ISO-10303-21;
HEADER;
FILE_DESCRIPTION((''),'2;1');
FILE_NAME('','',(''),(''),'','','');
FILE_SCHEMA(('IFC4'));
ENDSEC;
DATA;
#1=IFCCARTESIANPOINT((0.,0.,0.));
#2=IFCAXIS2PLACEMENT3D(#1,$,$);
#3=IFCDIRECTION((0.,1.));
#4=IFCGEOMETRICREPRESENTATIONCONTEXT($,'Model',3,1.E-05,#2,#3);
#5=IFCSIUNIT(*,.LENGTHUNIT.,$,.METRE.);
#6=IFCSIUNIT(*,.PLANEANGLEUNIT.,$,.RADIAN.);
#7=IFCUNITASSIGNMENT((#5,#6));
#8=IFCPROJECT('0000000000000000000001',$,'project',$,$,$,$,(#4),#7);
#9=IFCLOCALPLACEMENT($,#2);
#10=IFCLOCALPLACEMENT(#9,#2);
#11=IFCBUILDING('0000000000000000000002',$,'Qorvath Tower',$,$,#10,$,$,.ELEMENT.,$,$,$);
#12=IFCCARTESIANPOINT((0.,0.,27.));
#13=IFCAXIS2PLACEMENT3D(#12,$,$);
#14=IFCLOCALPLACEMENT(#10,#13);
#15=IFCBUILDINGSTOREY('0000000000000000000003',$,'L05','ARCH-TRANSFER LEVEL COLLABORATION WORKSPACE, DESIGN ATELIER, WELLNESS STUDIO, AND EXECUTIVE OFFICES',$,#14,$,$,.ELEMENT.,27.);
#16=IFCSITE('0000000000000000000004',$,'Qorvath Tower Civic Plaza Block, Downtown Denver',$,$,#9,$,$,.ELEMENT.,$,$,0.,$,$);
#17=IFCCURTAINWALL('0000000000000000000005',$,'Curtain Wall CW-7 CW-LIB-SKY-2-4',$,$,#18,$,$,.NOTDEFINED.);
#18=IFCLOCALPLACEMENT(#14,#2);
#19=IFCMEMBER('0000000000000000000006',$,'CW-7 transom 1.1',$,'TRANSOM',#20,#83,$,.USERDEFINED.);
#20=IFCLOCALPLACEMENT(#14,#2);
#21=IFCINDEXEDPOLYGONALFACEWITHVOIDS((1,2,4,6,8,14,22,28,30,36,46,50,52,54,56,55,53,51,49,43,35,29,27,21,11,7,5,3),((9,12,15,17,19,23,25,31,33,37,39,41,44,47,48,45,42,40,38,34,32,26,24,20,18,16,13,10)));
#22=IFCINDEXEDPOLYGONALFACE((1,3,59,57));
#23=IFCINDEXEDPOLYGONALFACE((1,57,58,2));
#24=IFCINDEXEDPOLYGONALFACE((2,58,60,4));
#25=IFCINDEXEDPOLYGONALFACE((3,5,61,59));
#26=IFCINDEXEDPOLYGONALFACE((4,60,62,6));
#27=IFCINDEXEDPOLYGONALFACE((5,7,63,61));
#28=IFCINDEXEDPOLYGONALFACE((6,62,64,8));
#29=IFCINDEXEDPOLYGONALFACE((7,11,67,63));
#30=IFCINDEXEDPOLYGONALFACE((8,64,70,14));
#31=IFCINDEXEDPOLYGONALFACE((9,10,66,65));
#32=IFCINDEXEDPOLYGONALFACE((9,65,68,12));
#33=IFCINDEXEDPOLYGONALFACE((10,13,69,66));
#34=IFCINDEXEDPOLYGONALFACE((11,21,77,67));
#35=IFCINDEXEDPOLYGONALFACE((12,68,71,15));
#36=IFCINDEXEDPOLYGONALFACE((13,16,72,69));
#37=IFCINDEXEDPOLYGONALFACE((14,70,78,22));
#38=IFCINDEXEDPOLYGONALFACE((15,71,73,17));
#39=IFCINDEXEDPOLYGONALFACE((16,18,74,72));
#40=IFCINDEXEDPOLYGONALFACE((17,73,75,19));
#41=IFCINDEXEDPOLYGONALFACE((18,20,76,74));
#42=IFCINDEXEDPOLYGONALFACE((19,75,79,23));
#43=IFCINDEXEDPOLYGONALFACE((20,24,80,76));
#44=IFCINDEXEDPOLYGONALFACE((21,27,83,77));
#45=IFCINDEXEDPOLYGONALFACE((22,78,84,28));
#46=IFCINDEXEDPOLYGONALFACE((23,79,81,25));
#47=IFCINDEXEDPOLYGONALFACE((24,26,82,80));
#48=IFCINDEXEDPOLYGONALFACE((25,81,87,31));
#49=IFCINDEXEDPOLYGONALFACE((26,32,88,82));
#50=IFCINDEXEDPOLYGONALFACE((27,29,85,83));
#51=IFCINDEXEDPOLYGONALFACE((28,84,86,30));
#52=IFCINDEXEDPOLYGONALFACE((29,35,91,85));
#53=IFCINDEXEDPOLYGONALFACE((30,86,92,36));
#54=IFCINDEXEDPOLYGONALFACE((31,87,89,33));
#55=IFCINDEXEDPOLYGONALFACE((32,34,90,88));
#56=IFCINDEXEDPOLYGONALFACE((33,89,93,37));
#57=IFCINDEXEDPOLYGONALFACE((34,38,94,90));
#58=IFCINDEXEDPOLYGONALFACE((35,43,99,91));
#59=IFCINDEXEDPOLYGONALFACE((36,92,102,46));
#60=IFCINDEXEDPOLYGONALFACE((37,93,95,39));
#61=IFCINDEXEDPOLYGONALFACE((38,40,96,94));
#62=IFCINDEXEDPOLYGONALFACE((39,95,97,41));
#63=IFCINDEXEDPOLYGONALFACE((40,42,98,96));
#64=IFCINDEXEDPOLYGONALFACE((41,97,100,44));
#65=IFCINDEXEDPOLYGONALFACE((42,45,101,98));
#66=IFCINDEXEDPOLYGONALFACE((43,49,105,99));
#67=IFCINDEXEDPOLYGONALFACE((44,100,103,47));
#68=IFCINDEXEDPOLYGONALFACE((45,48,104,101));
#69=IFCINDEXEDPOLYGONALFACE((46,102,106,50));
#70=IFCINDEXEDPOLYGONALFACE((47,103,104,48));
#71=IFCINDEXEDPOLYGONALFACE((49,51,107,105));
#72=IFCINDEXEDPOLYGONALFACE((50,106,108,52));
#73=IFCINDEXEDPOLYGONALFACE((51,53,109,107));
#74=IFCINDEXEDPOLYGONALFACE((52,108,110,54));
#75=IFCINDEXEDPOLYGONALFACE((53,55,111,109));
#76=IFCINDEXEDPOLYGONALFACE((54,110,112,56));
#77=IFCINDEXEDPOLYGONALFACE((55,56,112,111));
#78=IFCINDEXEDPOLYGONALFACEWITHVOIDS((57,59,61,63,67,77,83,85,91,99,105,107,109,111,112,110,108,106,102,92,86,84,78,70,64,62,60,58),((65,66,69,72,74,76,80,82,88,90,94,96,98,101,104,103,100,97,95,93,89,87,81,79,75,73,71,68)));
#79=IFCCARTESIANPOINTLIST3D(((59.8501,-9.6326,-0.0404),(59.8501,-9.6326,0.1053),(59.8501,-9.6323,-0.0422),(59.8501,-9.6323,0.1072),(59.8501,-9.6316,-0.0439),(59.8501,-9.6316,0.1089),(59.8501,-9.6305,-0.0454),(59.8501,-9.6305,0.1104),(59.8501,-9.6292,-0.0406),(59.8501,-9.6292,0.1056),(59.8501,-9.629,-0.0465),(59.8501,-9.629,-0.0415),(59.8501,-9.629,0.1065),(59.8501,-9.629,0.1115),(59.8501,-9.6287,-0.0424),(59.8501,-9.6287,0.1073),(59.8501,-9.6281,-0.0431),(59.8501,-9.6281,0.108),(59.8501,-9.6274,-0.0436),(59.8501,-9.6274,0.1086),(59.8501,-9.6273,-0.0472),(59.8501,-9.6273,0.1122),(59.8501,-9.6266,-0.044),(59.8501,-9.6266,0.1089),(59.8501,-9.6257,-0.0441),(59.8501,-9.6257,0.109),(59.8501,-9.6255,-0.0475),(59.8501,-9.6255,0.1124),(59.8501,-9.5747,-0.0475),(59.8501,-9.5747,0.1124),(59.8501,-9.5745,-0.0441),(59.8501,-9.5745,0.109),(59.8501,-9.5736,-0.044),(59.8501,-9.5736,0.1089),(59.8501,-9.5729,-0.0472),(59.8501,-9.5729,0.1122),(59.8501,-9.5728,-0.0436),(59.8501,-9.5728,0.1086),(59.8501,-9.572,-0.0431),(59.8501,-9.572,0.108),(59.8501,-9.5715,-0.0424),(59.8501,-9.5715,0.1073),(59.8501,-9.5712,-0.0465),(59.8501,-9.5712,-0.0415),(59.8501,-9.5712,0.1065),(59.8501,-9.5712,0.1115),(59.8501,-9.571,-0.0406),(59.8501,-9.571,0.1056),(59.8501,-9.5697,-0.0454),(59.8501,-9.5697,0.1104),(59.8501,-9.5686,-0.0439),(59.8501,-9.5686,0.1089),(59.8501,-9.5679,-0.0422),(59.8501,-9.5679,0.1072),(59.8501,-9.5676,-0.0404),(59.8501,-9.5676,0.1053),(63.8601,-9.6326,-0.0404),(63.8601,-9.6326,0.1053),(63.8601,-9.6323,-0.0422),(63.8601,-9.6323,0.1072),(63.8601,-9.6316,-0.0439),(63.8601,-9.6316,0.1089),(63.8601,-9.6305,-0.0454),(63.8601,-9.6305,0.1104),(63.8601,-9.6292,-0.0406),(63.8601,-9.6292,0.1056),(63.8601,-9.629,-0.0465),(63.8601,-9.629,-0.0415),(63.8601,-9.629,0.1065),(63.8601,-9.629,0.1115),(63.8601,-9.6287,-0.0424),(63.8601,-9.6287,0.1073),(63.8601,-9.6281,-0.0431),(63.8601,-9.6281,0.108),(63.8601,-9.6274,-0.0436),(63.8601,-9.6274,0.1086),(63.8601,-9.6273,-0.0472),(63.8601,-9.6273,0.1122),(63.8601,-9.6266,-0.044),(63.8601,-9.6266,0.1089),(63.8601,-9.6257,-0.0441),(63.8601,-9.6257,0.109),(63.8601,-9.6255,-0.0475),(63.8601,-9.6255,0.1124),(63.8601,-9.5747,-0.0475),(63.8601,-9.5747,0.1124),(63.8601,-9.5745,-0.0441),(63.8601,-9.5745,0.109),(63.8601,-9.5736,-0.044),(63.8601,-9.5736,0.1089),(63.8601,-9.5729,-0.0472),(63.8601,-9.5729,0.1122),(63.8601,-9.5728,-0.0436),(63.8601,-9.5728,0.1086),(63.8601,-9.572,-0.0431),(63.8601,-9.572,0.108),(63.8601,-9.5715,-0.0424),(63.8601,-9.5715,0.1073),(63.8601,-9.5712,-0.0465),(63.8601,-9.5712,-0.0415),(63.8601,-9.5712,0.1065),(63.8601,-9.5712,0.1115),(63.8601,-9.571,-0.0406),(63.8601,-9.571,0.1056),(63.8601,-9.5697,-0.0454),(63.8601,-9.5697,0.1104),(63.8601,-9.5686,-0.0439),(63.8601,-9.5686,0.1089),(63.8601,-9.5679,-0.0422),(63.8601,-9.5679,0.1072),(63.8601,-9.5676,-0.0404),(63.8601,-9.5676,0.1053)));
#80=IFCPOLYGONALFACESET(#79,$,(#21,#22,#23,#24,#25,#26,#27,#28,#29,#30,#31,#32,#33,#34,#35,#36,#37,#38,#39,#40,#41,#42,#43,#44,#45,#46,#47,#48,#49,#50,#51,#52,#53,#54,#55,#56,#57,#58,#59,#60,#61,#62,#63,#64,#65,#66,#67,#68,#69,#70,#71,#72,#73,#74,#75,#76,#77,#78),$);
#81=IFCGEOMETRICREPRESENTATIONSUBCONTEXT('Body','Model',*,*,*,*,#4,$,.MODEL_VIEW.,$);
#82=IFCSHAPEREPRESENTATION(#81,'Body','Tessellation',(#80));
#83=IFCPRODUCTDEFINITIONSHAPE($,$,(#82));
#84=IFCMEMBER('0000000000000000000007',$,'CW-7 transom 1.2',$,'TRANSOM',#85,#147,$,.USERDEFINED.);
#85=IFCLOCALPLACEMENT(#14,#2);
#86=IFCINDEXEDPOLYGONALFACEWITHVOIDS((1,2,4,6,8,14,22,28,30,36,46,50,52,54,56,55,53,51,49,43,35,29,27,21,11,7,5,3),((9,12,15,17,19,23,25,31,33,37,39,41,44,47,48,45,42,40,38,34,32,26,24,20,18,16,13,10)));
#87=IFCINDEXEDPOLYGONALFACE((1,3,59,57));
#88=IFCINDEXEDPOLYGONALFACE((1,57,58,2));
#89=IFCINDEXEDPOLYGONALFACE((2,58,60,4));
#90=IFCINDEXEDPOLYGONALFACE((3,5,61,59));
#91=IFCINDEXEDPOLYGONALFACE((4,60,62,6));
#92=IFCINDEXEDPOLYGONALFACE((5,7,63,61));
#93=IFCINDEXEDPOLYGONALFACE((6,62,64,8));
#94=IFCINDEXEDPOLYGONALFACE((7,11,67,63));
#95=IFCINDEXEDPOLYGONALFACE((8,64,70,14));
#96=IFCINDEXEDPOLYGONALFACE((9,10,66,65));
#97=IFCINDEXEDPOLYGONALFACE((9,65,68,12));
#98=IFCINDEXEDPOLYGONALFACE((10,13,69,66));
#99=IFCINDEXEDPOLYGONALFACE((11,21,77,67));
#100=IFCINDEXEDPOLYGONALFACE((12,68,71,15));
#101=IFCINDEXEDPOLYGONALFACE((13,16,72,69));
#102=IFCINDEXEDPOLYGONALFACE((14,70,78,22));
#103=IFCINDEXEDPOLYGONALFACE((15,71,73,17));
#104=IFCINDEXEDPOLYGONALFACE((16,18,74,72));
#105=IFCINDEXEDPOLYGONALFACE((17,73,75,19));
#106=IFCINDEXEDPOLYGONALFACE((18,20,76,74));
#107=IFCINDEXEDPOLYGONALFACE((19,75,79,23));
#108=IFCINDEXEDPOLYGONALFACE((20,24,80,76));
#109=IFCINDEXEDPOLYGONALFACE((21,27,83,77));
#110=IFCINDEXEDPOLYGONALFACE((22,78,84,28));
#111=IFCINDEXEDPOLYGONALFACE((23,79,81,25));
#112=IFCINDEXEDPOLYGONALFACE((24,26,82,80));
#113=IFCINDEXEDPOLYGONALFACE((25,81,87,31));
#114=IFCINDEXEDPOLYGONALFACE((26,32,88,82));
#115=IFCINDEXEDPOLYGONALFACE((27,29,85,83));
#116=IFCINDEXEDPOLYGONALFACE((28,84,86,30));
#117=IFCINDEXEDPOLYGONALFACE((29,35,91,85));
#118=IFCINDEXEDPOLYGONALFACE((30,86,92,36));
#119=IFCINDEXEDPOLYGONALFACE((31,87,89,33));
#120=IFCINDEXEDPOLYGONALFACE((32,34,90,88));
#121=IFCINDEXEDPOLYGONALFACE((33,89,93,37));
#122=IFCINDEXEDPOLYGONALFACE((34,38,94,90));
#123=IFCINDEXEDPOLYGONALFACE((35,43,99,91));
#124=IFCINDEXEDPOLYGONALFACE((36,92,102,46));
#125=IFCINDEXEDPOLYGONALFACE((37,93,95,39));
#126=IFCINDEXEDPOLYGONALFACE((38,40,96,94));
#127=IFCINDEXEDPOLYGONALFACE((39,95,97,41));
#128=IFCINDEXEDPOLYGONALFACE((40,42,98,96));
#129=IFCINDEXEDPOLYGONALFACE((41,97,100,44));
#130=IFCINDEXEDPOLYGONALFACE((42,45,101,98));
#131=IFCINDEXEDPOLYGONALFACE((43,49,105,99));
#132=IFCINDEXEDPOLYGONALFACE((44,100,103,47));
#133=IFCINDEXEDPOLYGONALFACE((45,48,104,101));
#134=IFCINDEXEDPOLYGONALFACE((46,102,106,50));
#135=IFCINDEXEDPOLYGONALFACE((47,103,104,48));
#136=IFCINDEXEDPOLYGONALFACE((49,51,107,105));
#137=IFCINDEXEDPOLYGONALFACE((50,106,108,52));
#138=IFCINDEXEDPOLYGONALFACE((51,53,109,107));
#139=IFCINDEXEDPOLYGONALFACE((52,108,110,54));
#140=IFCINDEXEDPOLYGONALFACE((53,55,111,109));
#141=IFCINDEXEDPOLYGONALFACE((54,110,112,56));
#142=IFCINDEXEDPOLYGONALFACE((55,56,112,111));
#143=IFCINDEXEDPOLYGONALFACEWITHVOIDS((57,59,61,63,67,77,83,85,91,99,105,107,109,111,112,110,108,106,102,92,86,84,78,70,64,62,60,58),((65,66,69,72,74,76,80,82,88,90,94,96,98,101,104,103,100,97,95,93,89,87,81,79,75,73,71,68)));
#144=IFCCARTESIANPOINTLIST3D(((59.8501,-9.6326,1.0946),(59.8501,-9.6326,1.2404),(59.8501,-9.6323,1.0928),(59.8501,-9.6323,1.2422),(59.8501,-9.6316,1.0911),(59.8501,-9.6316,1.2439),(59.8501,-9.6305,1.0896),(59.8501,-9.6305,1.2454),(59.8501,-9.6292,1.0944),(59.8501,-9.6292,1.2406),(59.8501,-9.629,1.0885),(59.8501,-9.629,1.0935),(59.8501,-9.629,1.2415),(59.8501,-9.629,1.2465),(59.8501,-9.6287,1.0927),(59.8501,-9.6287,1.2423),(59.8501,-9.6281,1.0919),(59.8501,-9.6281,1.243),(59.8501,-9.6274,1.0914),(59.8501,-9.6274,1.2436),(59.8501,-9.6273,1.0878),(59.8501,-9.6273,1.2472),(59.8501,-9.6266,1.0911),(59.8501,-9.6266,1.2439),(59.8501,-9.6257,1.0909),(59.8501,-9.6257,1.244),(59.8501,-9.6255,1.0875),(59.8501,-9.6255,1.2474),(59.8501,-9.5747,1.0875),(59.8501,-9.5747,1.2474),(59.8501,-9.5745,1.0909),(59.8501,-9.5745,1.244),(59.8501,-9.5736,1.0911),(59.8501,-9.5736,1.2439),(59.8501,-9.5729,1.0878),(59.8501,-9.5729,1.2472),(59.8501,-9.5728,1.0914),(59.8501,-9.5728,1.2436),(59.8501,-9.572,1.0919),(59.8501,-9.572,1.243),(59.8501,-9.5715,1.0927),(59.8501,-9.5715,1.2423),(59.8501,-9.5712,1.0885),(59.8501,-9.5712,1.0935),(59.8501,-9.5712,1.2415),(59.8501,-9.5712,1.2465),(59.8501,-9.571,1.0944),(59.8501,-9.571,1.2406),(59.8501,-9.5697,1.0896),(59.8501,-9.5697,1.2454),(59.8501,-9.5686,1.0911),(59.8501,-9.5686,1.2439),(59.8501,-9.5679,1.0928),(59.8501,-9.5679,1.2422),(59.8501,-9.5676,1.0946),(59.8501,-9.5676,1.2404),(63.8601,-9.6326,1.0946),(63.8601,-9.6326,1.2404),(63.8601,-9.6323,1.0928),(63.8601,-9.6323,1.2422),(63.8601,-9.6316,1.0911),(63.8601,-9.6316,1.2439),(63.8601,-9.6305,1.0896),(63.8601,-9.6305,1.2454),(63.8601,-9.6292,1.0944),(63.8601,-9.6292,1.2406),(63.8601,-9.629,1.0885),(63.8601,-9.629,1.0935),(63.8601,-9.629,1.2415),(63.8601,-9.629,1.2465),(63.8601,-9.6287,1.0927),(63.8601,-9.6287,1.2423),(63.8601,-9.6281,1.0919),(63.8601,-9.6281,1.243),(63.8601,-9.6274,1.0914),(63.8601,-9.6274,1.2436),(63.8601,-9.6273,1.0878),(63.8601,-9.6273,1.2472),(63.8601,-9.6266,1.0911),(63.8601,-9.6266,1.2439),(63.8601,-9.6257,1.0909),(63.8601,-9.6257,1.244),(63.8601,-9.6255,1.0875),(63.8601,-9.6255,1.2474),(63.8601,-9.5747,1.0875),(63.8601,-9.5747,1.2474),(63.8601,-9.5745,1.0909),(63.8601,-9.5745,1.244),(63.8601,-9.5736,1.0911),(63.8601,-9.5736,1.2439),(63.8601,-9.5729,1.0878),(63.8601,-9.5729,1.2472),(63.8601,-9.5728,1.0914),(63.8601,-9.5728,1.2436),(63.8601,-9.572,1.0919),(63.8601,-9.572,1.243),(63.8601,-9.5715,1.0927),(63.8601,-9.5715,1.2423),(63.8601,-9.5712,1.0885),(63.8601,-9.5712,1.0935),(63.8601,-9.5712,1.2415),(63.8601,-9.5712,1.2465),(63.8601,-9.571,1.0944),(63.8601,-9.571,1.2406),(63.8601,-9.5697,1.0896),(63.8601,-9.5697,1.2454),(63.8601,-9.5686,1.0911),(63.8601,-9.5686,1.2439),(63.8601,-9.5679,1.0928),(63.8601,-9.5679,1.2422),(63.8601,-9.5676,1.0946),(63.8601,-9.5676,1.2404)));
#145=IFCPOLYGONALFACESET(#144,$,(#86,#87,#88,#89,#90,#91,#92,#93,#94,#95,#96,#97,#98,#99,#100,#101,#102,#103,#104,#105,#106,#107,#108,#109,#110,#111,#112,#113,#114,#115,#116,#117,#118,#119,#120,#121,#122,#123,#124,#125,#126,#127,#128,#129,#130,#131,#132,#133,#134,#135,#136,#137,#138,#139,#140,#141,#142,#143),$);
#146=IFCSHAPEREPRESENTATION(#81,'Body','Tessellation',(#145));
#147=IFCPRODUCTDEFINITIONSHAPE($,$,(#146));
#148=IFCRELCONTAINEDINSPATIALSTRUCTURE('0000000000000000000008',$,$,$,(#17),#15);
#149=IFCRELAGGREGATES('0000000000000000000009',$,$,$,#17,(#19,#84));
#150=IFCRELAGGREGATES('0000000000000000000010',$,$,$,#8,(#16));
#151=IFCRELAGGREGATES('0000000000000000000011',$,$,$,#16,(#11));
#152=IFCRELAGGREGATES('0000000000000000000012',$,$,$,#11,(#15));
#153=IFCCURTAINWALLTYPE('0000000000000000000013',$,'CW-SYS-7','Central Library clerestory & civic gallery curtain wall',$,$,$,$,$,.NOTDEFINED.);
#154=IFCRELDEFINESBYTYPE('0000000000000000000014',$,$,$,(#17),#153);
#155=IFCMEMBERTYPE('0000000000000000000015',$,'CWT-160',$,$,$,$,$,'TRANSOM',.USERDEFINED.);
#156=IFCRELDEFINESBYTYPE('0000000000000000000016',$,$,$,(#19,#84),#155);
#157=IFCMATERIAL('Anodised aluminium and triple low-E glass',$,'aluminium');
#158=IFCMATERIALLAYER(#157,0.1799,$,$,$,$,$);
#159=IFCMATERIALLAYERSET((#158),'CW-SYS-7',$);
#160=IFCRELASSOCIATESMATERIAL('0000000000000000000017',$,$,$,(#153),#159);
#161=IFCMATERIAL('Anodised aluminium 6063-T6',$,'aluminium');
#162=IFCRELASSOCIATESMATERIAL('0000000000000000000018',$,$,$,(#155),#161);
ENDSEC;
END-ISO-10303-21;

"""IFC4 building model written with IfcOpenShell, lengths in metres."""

from ifc_helpers import new_model, si_unit, direction, frame, origin, origin_2d, place, context, subcontext, project, spatial, hollow_rectangle, extrude, material, layer, layer_set, material_profile, profile_set, type_object, element, aggregate, save


model = new_model("IFC4")

# Units and contexts
model_context = context("Model", 3, precision=1e-05, world=origin(), true_north=direction((0.0, 1.0)))
body_context = subcontext(model_context, "Body", "Model", "MODEL_VIEW")
ifc_project = project(units=[si_unit("LENGTHUNIT", "METRE"), si_unit("PLANEANGLEUNIT", "RADIAN")], contexts=[model_context])

# Site, building, storey
site_placement = place(None, origin())
site = spatial("IfcSite", under=ifc_project, at=site_placement, Name="Qorvath Tower Civic Plaza Block, Downtown Denver", CompositionType="ELEMENT", RefElevation=0.0)
building_placement = place(site_placement, origin())
building = spatial("IfcBuilding", under=site, at=building_placement, Name="Qorvath Tower", CompositionType="ELEMENT")
storey_placement = place(building_placement, frame((0.0, 0.0, 27.0)))
storey = spatial("IfcBuildingStorey", under=building, at=storey_placement, Name="L05", Description="ARCH-TRANSFER LEVEL COLLABORATION WORKSPACE, DESIGN ATELIER, WELLNESS STUDIO, AND EXECUTIVE OFFICES", CompositionType="ELEMENT", Elevation=27.0)

# Shared definitions
ifc_material_1 = material(Name="Anodised aluminium and triple low-E glass", Category="aluminium")
ifc_layer_1 = layer(ifc_material_1, 0.1799)
ifc_layer_set_1 = layer_set([ifc_layer_1], Name="CW-SYS-7")
curtain_wall_type = type_object("IfcCurtainWallType", Name="CW-SYS-7", Description="Central Library clerestory & civic gallery curtain wall", PredefinedType="NOTDEFINED", material=ifc_layer_set_1)

# Curtain wall
curtain_wall_1_placement = place(storey_placement, origin())
curtain_wall_1 = element("IfcCurtainWall", 1, at=curtain_wall_1_placement, inside=storey, type_object=curtain_wall_type, Name="Curtain Wall CW-7 CW-LIB-SKY-2-4", PredefinedType="NOTDEFINED")

# Members
ifc_material_2 = material(Name="Anodised aluminium 6063-T6", Category="aluminium")
ifc_material_profile_1 = material_profile(ifc_material_2, hollow_rectangle(XDim=0.0649, YDim=0.1599, WallThickness=0.0034, InnerFilletRadius=0.0034, OuterFilletRadius=0.0071, at=origin_2d()), Name="CWT 160x65")
ifc_profile_set_1 = profile_set([ifc_material_profile_1], Name="Anodised aluminium 6063-T6")
member_type_1 = type_object("IfcMemberType", Name="CWT-160", ElementType="TRANSOM", PredefinedType="USERDEFINED", material=ifc_profile_set_1)
member_1_placement = place(storey_placement, frame((59.8501, -9.6001, 0.0325), z_axis=(1.0, 0.0, 0.0), x_axis=(0.0, 1.0, 0.0)))
member_1 = element("IfcMember", 2, at=member_1_placement, type_object=member_type_1, Name="CW-7 transom 1.1", ObjectType="TRANSOM", PredefinedType="USERDEFINED", context=body_context, shape_type="SweptSolid", body=[
    extrude(hollow_rectangle(XDim=0.0649, YDim=0.1599, WallThickness=0.0034, InnerFilletRadius=0.0034, OuterFilletRadius=0.0071, at=origin_2d()), origin(), (0.0, 0.0, 1.0), 4.01),
])
member_2_placement = place(storey_placement, frame((59.8501, -9.6001, 1.1675), z_axis=(1.0, 0.0, 0.0), x_axis=(0.0, 1.0, 0.0)))
member_2 = element("IfcMember", 3, at=member_2_placement, type_object=member_type_1, Name="CW-7 transom 1.2", ObjectType="TRANSOM", PredefinedType="USERDEFINED", context=body_context, shape_type="SweptSolid", body=[
    extrude(hollow_rectangle(XDim=0.0649, YDim=0.1599, WallThickness=0.0034, InnerFilletRadius=0.0034, OuterFilletRadius=0.0071, at=origin_2d()), origin(), (0.0, 0.0, 1.0), 4.01),
])

aggregate(curtain_wall_1, [member_1, member_2])

save(model, "model.ifc")
